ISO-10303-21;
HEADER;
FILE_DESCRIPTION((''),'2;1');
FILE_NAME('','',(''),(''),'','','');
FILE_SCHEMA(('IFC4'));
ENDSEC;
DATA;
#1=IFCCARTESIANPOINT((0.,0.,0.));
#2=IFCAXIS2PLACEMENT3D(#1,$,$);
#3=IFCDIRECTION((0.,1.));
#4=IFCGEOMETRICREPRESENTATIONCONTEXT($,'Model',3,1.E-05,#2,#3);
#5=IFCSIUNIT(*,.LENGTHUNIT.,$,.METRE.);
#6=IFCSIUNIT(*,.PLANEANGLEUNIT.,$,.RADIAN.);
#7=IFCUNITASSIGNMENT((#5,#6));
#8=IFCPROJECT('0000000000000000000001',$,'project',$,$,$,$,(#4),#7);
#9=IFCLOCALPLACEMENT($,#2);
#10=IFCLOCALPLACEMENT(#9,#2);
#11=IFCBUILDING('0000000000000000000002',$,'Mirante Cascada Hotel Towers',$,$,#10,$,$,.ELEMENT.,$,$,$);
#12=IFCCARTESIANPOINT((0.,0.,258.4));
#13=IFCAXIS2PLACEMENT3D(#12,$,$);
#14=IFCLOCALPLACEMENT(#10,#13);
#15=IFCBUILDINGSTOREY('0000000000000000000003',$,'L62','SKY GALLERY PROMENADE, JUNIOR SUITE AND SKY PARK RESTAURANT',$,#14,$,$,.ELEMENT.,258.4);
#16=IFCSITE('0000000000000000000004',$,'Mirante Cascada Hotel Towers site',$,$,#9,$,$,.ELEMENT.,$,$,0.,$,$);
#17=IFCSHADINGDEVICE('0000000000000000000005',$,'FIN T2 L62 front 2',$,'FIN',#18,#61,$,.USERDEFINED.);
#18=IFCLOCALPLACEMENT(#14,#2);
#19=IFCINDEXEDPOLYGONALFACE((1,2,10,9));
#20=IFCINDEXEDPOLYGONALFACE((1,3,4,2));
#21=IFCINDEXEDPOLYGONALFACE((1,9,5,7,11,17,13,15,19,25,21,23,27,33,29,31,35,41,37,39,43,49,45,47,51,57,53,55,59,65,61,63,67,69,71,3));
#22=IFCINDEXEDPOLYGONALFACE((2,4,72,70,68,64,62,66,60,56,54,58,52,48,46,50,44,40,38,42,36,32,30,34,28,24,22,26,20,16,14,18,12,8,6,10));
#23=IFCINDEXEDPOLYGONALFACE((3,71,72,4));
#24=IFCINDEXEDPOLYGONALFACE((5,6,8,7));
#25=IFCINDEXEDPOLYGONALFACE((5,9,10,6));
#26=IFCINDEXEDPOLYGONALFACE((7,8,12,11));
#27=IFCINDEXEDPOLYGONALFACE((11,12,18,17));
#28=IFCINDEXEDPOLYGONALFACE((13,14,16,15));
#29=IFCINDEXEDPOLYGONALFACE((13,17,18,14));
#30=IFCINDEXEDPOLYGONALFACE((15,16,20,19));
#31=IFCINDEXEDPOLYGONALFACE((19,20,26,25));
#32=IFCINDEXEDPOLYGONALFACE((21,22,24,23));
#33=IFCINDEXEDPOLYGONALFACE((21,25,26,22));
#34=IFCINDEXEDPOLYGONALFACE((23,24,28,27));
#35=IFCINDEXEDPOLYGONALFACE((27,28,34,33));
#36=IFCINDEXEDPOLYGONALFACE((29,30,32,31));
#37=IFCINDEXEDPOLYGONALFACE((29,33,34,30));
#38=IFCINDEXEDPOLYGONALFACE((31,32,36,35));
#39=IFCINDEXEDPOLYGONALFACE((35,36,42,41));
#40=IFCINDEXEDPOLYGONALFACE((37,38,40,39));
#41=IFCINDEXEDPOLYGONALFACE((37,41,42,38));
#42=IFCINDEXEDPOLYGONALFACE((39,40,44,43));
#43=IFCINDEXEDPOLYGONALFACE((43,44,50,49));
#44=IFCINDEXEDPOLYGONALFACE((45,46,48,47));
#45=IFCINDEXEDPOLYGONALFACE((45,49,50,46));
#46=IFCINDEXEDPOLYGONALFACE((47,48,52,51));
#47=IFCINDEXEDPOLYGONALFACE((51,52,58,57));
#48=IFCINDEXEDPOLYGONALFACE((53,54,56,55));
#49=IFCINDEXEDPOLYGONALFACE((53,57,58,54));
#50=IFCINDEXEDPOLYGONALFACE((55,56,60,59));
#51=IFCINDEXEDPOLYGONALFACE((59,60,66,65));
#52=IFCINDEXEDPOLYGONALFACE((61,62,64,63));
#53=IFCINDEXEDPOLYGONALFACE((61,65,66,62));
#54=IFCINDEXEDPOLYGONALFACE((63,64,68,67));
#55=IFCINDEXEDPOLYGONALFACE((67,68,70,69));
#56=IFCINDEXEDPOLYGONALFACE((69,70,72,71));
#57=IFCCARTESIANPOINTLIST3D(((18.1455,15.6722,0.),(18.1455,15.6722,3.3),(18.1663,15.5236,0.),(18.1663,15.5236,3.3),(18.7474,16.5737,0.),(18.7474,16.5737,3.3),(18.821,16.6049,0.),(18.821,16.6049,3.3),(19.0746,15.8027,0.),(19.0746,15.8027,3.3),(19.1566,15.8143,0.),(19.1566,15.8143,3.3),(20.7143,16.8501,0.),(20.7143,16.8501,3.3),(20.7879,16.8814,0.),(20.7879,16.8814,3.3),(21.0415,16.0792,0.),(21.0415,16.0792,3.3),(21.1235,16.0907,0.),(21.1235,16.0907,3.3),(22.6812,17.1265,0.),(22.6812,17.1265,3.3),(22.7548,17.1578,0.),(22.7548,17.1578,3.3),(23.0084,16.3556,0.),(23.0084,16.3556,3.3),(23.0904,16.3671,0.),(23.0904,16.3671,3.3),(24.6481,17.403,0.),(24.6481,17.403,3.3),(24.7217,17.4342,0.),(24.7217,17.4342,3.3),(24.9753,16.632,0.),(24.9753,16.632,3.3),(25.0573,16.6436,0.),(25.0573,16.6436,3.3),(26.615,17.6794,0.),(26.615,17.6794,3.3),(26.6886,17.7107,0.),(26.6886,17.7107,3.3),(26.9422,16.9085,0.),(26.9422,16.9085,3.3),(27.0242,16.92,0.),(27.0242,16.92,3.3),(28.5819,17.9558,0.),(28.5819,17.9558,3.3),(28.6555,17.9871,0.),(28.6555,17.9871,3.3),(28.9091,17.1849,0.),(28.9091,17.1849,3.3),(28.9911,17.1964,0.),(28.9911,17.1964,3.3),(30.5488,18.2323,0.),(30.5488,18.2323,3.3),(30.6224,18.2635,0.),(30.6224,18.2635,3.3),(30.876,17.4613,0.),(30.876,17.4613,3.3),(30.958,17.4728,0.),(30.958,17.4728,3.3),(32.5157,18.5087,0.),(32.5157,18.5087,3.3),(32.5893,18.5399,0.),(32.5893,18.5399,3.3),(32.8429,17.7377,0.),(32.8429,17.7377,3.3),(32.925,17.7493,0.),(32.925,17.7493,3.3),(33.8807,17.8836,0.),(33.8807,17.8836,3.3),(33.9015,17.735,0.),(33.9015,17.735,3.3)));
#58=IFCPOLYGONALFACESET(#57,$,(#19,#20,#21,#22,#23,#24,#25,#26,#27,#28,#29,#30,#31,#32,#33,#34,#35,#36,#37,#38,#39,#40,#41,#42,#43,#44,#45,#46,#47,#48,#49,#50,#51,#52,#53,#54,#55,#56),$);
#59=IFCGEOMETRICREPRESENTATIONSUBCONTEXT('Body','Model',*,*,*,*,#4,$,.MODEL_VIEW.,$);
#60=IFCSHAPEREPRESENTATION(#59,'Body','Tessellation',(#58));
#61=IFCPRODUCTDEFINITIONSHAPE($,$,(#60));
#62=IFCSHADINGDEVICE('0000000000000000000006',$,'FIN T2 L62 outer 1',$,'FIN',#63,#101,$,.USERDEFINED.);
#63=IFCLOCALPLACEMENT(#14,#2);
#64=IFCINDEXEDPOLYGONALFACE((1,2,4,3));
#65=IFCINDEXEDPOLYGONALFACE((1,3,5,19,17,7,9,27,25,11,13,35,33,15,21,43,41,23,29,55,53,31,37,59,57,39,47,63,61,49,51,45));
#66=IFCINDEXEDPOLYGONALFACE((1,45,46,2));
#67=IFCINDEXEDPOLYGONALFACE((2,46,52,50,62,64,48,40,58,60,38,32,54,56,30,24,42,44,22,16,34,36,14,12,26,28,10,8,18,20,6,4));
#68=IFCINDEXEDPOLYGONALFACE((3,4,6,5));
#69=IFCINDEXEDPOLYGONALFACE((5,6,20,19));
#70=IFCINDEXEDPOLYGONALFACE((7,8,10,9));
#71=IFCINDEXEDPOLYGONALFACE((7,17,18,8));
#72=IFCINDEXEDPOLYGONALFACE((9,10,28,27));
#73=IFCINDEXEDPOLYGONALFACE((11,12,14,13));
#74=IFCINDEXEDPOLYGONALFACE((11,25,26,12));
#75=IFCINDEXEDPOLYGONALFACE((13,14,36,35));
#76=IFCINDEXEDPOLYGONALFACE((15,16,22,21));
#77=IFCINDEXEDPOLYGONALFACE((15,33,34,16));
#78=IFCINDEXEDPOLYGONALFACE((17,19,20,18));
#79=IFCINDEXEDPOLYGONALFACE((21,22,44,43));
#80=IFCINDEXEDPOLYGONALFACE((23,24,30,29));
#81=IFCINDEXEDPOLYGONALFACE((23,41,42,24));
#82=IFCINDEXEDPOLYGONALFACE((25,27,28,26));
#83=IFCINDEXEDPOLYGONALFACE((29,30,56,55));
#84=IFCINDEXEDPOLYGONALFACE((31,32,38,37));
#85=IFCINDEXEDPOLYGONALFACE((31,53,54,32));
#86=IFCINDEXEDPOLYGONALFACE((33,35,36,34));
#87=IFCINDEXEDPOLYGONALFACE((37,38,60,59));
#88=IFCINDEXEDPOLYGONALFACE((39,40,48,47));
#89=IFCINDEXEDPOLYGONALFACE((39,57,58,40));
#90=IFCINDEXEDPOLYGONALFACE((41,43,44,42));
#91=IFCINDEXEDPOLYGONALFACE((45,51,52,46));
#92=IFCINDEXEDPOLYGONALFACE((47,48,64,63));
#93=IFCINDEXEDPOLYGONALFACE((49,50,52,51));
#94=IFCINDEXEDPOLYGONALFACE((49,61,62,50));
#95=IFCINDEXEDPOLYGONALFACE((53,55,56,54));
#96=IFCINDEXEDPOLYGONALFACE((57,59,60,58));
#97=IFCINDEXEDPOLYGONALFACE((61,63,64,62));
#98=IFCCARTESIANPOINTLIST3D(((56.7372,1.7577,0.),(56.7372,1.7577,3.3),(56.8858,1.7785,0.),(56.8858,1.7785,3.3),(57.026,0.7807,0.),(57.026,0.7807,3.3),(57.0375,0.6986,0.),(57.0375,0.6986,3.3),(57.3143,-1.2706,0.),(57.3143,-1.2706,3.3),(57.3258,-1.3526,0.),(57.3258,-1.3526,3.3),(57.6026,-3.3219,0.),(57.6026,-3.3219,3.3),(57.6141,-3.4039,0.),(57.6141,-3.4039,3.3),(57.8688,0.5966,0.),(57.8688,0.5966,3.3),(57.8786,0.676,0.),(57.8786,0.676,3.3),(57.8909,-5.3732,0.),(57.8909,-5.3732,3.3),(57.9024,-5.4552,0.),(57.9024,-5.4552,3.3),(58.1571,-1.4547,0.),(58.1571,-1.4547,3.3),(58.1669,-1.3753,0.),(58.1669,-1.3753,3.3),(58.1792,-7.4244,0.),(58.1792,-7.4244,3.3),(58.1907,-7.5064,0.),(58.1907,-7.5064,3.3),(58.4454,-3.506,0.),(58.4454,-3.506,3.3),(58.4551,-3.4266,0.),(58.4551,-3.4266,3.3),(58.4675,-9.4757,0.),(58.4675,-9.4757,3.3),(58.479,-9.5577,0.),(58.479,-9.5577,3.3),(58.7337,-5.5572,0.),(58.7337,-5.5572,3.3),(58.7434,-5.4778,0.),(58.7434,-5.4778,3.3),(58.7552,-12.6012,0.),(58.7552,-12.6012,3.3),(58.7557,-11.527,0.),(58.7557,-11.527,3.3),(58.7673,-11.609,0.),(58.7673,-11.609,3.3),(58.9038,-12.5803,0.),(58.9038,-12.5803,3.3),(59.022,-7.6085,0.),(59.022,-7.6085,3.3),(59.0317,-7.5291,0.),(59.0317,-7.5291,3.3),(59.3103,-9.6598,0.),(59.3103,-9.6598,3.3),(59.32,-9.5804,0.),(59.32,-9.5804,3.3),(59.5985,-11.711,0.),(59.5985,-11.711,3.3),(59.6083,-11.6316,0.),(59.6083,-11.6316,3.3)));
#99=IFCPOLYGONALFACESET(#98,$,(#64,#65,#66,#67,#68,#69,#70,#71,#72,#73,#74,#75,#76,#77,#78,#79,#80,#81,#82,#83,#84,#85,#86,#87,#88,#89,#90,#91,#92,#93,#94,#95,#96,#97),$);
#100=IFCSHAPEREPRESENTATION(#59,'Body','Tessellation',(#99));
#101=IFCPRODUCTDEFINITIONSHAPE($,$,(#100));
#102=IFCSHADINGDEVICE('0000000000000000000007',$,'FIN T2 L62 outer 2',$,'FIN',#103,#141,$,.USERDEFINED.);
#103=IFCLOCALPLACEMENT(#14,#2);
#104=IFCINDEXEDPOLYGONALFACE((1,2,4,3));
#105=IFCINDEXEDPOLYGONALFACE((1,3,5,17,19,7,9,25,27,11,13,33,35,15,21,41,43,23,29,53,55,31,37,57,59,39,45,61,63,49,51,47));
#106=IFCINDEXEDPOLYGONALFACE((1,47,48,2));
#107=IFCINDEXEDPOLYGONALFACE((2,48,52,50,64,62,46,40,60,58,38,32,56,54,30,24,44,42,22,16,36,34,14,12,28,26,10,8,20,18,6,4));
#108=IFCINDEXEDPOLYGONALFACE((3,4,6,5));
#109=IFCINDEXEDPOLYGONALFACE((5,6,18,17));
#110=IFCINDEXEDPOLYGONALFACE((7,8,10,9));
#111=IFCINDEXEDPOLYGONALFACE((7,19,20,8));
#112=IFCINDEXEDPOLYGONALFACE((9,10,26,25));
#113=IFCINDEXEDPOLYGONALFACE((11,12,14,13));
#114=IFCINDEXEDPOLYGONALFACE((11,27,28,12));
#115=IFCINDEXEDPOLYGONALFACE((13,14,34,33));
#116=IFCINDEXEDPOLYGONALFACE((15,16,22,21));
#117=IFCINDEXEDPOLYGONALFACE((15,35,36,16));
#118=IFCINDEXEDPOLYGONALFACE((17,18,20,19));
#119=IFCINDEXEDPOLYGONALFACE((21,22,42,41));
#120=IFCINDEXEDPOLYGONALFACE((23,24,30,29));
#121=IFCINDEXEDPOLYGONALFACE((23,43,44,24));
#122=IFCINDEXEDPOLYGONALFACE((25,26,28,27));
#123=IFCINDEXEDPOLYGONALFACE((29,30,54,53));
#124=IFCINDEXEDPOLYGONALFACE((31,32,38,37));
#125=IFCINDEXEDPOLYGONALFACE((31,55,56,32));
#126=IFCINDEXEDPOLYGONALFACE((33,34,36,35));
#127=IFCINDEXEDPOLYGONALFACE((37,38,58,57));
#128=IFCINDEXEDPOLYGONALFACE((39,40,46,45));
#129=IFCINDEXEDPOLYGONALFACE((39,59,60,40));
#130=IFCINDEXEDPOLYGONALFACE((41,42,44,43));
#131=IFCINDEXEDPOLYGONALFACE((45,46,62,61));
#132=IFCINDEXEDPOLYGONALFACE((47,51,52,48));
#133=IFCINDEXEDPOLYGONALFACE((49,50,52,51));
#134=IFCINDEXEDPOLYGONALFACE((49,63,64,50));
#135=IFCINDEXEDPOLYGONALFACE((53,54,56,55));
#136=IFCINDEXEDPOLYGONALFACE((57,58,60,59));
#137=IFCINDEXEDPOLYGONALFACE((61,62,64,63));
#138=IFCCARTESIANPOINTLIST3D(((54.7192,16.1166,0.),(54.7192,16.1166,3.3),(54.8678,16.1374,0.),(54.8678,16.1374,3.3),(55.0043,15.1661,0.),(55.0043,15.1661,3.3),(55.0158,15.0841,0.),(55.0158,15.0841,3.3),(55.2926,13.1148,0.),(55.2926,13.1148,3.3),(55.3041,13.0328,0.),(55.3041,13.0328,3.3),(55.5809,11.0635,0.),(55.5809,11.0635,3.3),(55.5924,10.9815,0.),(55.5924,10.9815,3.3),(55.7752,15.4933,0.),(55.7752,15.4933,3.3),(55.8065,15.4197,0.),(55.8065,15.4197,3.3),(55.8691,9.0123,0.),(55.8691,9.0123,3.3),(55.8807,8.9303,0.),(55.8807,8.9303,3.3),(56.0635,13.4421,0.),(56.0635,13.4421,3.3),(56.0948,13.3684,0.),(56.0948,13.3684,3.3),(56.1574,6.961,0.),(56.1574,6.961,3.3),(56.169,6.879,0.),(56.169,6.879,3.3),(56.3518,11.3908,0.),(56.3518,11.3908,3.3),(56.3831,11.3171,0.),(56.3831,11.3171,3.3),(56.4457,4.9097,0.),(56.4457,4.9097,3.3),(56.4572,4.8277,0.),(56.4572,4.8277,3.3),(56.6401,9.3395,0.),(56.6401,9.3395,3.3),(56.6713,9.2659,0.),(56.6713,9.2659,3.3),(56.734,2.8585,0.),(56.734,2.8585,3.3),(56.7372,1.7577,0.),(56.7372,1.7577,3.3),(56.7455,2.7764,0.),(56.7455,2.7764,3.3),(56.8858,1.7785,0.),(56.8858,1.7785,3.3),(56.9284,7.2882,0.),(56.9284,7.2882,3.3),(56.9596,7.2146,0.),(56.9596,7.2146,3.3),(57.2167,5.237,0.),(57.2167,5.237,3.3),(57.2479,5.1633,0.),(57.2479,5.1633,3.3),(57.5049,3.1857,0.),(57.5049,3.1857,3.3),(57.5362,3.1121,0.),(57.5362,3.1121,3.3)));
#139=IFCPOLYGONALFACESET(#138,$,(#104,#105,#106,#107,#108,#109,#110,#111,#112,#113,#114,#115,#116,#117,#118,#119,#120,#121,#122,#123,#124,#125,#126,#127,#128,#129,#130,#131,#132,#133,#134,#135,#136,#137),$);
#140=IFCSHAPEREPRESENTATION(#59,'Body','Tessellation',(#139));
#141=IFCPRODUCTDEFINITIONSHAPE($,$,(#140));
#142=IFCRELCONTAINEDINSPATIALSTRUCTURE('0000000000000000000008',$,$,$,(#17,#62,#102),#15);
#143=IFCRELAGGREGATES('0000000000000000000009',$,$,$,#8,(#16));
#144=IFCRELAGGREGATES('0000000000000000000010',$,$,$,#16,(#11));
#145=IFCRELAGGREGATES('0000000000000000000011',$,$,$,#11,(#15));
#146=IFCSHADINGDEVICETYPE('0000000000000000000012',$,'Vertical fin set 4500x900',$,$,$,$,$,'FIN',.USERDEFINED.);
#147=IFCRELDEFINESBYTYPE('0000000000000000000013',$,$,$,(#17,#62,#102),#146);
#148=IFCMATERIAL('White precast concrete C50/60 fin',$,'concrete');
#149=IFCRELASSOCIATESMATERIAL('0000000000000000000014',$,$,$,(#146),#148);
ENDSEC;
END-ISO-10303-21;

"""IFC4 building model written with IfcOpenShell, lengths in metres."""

from ifc_helpers import new_model, si_unit, direction, frame, origin, place, context, subcontext, project, spatial, polyline, outline, extrude, material, type_object, element, save


model = new_model("IFC4")

# Units and contexts
model_context = context("Model", 3, precision=1e-05, world=origin(), true_north=direction((0.0, 1.0)))
body_context = subcontext(model_context, "Body", "Model", "MODEL_VIEW")
ifc_project = project(units=[si_unit("LENGTHUNIT", "METRE"), si_unit("PLANEANGLEUNIT", "RADIAN")], contexts=[model_context])

# Site, building, storey
site_placement = place(None, origin())
site = spatial("IfcSite", under=ifc_project, at=site_placement, Name="Mirante Cascada Hotel Towers site", CompositionType="ELEMENT", RefElevation=0.0)
building_placement = place(site_placement, origin())
building = spatial("IfcBuilding", under=site, at=building_placement, Name="Mirante Cascada Hotel Towers", CompositionType="ELEMENT")
storey_placement = place(building_placement, frame((0.0, 0.0, 258.4)))
storey = spatial("IfcBuildingStorey", under=building, at=storey_placement, Name="L62", Description="SKY GALLERY PROMENADE, JUNIOR SUITE AND SKY PARK RESTAURANT", CompositionType="ELEMENT", Elevation=258.4)

# Shading devices
ifc_material_1 = material(Name="White precast concrete C50/60 fin", Category="concrete")
shading_device_type = type_object("IfcShadingDeviceType", Name="Vertical fin set 4500x900", ElementType="FIN", PredefinedType="USERDEFINED", material=ifc_material_1)
shading_device_1_placement = place(storey_placement, origin())
element("IfcShadingDevice", 1, at=shading_device_1_placement, inside=storey, type_object=shading_device_type, Name="FIN T2 L62 front 2", ObjectType="FIN", PredefinedType="USERDEFINED", context=body_context, shape_type="SweptSolid", body=[
    extrude(outline(polyline([(18.821, 16.6049), (19.1566, 15.8143), (21.0415, 16.0792), (20.7143, 16.8501), (20.7879, 16.8814), (21.1235, 16.0907), (23.0084, 16.3556), (22.6812, 17.1265), (22.7548, 17.1578), (23.0904, 16.3671), (24.9753, 16.632), (24.6481, 17.403), (24.7217, 17.4342), (25.0573, 16.6436), (26.9422, 16.9085), (26.615, 17.6794), (26.6886, 17.7107), (27.0242, 16.92), (28.9091, 17.1849), (28.5819, 17.9558), (28.6555, 17.9871), (28.9911, 17.1964), (30.876, 17.4613), (30.5488, 18.2323), (30.6224, 18.2635), (30.958, 17.4728), (32.8429, 17.7377), (32.5157, 18.5087), (32.5893, 18.5399), (32.925, 17.7493), (33.8807, 17.8836), (33.9015, 17.735), (18.1663, 15.5236), (18.1455, 15.6722), (19.0746, 15.8027), (18.7474, 16.5737), (18.821, 16.6049)])), origin(), (0.0, 0.0, 1.0), 3.3),
])
shading_device_2_placement = place(storey_placement, origin())
element("IfcShadingDevice", 2, at=shading_device_2_placement, inside=storey, type_object=shading_device_type, Name="FIN T2 L62 outer 1", ObjectType="FIN", PredefinedType="USERDEFINED", context=body_context, shape_type="SweptSolid", body=[
    extrude(outline(polyline([(59.5985, -11.711), (58.7673, -11.609), (58.9038, -12.5803), (58.7552, -12.6012), (56.7372, 1.7577), (56.8858, 1.7785), (57.026, 0.7807), (57.8786, 0.676), (57.8688, 0.5966), (57.0375, 0.6986), (57.3143, -1.2706), (58.1669, -1.3753), (58.1571, -1.4547), (57.3258, -1.3526), (57.6026, -3.3219), (58.4551, -3.4266), (58.4454, -3.506), (57.6141, -3.4039), (57.8909, -5.3732), (58.7434, -5.4778), (58.7337, -5.5572), (57.9024, -5.4552), (58.1792, -7.4244), (59.0317, -7.5291), (59.022, -7.6085), (58.1907, -7.5064), (58.4675, -9.4757), (59.32, -9.5804), (59.3103, -9.6598), (58.479, -9.5577), (58.7557, -11.527), (59.6083, -11.6316), (59.5985, -11.711)])), origin(), (0.0, 0.0, 1.0), 3.3),
])
shading_device_3_placement = place(storey_placement, origin())
element("IfcShadingDevice", 3, at=shading_device_3_placement, inside=storey, type_object=shading_device_type, Name="FIN T2 L62 outer 2", ObjectType="FIN", PredefinedType="USERDEFINED", context=body_context, shape_type="SweptSolid", body=[
    extrude(outline(polyline([(57.5362, 3.1121), (56.7455, 2.7764), (56.8858, 1.7785), (56.7372, 1.7577), (54.7192, 16.1166), (54.8678, 16.1374), (55.0043, 15.1661), (55.7752, 15.4933), (55.8065, 15.4197), (55.0158, 15.0841), (55.2926, 13.1148), (56.0635, 13.4421), (56.0948, 13.3684), (55.3041, 13.0328), (55.5809, 11.0635), (56.3518, 11.3908), (56.3831, 11.3171), (55.5924, 10.9815), (55.8691, 9.0123), (56.6401, 9.3395), (56.6713, 9.2659), (55.8807, 8.9303), (56.1574, 6.961), (56.9284, 7.2882), (56.9596, 7.2146), (56.169, 6.879), (56.4457, 4.9097), (57.2167, 5.237), (57.2479, 5.1633), (56.4572, 4.8277), (56.734, 2.8585), (57.5049, 3.1857), (57.5362, 3.1121)])), origin(), (0.0, 0.0, 1.0), 3.3),
])

save(model, "model.ifc")
